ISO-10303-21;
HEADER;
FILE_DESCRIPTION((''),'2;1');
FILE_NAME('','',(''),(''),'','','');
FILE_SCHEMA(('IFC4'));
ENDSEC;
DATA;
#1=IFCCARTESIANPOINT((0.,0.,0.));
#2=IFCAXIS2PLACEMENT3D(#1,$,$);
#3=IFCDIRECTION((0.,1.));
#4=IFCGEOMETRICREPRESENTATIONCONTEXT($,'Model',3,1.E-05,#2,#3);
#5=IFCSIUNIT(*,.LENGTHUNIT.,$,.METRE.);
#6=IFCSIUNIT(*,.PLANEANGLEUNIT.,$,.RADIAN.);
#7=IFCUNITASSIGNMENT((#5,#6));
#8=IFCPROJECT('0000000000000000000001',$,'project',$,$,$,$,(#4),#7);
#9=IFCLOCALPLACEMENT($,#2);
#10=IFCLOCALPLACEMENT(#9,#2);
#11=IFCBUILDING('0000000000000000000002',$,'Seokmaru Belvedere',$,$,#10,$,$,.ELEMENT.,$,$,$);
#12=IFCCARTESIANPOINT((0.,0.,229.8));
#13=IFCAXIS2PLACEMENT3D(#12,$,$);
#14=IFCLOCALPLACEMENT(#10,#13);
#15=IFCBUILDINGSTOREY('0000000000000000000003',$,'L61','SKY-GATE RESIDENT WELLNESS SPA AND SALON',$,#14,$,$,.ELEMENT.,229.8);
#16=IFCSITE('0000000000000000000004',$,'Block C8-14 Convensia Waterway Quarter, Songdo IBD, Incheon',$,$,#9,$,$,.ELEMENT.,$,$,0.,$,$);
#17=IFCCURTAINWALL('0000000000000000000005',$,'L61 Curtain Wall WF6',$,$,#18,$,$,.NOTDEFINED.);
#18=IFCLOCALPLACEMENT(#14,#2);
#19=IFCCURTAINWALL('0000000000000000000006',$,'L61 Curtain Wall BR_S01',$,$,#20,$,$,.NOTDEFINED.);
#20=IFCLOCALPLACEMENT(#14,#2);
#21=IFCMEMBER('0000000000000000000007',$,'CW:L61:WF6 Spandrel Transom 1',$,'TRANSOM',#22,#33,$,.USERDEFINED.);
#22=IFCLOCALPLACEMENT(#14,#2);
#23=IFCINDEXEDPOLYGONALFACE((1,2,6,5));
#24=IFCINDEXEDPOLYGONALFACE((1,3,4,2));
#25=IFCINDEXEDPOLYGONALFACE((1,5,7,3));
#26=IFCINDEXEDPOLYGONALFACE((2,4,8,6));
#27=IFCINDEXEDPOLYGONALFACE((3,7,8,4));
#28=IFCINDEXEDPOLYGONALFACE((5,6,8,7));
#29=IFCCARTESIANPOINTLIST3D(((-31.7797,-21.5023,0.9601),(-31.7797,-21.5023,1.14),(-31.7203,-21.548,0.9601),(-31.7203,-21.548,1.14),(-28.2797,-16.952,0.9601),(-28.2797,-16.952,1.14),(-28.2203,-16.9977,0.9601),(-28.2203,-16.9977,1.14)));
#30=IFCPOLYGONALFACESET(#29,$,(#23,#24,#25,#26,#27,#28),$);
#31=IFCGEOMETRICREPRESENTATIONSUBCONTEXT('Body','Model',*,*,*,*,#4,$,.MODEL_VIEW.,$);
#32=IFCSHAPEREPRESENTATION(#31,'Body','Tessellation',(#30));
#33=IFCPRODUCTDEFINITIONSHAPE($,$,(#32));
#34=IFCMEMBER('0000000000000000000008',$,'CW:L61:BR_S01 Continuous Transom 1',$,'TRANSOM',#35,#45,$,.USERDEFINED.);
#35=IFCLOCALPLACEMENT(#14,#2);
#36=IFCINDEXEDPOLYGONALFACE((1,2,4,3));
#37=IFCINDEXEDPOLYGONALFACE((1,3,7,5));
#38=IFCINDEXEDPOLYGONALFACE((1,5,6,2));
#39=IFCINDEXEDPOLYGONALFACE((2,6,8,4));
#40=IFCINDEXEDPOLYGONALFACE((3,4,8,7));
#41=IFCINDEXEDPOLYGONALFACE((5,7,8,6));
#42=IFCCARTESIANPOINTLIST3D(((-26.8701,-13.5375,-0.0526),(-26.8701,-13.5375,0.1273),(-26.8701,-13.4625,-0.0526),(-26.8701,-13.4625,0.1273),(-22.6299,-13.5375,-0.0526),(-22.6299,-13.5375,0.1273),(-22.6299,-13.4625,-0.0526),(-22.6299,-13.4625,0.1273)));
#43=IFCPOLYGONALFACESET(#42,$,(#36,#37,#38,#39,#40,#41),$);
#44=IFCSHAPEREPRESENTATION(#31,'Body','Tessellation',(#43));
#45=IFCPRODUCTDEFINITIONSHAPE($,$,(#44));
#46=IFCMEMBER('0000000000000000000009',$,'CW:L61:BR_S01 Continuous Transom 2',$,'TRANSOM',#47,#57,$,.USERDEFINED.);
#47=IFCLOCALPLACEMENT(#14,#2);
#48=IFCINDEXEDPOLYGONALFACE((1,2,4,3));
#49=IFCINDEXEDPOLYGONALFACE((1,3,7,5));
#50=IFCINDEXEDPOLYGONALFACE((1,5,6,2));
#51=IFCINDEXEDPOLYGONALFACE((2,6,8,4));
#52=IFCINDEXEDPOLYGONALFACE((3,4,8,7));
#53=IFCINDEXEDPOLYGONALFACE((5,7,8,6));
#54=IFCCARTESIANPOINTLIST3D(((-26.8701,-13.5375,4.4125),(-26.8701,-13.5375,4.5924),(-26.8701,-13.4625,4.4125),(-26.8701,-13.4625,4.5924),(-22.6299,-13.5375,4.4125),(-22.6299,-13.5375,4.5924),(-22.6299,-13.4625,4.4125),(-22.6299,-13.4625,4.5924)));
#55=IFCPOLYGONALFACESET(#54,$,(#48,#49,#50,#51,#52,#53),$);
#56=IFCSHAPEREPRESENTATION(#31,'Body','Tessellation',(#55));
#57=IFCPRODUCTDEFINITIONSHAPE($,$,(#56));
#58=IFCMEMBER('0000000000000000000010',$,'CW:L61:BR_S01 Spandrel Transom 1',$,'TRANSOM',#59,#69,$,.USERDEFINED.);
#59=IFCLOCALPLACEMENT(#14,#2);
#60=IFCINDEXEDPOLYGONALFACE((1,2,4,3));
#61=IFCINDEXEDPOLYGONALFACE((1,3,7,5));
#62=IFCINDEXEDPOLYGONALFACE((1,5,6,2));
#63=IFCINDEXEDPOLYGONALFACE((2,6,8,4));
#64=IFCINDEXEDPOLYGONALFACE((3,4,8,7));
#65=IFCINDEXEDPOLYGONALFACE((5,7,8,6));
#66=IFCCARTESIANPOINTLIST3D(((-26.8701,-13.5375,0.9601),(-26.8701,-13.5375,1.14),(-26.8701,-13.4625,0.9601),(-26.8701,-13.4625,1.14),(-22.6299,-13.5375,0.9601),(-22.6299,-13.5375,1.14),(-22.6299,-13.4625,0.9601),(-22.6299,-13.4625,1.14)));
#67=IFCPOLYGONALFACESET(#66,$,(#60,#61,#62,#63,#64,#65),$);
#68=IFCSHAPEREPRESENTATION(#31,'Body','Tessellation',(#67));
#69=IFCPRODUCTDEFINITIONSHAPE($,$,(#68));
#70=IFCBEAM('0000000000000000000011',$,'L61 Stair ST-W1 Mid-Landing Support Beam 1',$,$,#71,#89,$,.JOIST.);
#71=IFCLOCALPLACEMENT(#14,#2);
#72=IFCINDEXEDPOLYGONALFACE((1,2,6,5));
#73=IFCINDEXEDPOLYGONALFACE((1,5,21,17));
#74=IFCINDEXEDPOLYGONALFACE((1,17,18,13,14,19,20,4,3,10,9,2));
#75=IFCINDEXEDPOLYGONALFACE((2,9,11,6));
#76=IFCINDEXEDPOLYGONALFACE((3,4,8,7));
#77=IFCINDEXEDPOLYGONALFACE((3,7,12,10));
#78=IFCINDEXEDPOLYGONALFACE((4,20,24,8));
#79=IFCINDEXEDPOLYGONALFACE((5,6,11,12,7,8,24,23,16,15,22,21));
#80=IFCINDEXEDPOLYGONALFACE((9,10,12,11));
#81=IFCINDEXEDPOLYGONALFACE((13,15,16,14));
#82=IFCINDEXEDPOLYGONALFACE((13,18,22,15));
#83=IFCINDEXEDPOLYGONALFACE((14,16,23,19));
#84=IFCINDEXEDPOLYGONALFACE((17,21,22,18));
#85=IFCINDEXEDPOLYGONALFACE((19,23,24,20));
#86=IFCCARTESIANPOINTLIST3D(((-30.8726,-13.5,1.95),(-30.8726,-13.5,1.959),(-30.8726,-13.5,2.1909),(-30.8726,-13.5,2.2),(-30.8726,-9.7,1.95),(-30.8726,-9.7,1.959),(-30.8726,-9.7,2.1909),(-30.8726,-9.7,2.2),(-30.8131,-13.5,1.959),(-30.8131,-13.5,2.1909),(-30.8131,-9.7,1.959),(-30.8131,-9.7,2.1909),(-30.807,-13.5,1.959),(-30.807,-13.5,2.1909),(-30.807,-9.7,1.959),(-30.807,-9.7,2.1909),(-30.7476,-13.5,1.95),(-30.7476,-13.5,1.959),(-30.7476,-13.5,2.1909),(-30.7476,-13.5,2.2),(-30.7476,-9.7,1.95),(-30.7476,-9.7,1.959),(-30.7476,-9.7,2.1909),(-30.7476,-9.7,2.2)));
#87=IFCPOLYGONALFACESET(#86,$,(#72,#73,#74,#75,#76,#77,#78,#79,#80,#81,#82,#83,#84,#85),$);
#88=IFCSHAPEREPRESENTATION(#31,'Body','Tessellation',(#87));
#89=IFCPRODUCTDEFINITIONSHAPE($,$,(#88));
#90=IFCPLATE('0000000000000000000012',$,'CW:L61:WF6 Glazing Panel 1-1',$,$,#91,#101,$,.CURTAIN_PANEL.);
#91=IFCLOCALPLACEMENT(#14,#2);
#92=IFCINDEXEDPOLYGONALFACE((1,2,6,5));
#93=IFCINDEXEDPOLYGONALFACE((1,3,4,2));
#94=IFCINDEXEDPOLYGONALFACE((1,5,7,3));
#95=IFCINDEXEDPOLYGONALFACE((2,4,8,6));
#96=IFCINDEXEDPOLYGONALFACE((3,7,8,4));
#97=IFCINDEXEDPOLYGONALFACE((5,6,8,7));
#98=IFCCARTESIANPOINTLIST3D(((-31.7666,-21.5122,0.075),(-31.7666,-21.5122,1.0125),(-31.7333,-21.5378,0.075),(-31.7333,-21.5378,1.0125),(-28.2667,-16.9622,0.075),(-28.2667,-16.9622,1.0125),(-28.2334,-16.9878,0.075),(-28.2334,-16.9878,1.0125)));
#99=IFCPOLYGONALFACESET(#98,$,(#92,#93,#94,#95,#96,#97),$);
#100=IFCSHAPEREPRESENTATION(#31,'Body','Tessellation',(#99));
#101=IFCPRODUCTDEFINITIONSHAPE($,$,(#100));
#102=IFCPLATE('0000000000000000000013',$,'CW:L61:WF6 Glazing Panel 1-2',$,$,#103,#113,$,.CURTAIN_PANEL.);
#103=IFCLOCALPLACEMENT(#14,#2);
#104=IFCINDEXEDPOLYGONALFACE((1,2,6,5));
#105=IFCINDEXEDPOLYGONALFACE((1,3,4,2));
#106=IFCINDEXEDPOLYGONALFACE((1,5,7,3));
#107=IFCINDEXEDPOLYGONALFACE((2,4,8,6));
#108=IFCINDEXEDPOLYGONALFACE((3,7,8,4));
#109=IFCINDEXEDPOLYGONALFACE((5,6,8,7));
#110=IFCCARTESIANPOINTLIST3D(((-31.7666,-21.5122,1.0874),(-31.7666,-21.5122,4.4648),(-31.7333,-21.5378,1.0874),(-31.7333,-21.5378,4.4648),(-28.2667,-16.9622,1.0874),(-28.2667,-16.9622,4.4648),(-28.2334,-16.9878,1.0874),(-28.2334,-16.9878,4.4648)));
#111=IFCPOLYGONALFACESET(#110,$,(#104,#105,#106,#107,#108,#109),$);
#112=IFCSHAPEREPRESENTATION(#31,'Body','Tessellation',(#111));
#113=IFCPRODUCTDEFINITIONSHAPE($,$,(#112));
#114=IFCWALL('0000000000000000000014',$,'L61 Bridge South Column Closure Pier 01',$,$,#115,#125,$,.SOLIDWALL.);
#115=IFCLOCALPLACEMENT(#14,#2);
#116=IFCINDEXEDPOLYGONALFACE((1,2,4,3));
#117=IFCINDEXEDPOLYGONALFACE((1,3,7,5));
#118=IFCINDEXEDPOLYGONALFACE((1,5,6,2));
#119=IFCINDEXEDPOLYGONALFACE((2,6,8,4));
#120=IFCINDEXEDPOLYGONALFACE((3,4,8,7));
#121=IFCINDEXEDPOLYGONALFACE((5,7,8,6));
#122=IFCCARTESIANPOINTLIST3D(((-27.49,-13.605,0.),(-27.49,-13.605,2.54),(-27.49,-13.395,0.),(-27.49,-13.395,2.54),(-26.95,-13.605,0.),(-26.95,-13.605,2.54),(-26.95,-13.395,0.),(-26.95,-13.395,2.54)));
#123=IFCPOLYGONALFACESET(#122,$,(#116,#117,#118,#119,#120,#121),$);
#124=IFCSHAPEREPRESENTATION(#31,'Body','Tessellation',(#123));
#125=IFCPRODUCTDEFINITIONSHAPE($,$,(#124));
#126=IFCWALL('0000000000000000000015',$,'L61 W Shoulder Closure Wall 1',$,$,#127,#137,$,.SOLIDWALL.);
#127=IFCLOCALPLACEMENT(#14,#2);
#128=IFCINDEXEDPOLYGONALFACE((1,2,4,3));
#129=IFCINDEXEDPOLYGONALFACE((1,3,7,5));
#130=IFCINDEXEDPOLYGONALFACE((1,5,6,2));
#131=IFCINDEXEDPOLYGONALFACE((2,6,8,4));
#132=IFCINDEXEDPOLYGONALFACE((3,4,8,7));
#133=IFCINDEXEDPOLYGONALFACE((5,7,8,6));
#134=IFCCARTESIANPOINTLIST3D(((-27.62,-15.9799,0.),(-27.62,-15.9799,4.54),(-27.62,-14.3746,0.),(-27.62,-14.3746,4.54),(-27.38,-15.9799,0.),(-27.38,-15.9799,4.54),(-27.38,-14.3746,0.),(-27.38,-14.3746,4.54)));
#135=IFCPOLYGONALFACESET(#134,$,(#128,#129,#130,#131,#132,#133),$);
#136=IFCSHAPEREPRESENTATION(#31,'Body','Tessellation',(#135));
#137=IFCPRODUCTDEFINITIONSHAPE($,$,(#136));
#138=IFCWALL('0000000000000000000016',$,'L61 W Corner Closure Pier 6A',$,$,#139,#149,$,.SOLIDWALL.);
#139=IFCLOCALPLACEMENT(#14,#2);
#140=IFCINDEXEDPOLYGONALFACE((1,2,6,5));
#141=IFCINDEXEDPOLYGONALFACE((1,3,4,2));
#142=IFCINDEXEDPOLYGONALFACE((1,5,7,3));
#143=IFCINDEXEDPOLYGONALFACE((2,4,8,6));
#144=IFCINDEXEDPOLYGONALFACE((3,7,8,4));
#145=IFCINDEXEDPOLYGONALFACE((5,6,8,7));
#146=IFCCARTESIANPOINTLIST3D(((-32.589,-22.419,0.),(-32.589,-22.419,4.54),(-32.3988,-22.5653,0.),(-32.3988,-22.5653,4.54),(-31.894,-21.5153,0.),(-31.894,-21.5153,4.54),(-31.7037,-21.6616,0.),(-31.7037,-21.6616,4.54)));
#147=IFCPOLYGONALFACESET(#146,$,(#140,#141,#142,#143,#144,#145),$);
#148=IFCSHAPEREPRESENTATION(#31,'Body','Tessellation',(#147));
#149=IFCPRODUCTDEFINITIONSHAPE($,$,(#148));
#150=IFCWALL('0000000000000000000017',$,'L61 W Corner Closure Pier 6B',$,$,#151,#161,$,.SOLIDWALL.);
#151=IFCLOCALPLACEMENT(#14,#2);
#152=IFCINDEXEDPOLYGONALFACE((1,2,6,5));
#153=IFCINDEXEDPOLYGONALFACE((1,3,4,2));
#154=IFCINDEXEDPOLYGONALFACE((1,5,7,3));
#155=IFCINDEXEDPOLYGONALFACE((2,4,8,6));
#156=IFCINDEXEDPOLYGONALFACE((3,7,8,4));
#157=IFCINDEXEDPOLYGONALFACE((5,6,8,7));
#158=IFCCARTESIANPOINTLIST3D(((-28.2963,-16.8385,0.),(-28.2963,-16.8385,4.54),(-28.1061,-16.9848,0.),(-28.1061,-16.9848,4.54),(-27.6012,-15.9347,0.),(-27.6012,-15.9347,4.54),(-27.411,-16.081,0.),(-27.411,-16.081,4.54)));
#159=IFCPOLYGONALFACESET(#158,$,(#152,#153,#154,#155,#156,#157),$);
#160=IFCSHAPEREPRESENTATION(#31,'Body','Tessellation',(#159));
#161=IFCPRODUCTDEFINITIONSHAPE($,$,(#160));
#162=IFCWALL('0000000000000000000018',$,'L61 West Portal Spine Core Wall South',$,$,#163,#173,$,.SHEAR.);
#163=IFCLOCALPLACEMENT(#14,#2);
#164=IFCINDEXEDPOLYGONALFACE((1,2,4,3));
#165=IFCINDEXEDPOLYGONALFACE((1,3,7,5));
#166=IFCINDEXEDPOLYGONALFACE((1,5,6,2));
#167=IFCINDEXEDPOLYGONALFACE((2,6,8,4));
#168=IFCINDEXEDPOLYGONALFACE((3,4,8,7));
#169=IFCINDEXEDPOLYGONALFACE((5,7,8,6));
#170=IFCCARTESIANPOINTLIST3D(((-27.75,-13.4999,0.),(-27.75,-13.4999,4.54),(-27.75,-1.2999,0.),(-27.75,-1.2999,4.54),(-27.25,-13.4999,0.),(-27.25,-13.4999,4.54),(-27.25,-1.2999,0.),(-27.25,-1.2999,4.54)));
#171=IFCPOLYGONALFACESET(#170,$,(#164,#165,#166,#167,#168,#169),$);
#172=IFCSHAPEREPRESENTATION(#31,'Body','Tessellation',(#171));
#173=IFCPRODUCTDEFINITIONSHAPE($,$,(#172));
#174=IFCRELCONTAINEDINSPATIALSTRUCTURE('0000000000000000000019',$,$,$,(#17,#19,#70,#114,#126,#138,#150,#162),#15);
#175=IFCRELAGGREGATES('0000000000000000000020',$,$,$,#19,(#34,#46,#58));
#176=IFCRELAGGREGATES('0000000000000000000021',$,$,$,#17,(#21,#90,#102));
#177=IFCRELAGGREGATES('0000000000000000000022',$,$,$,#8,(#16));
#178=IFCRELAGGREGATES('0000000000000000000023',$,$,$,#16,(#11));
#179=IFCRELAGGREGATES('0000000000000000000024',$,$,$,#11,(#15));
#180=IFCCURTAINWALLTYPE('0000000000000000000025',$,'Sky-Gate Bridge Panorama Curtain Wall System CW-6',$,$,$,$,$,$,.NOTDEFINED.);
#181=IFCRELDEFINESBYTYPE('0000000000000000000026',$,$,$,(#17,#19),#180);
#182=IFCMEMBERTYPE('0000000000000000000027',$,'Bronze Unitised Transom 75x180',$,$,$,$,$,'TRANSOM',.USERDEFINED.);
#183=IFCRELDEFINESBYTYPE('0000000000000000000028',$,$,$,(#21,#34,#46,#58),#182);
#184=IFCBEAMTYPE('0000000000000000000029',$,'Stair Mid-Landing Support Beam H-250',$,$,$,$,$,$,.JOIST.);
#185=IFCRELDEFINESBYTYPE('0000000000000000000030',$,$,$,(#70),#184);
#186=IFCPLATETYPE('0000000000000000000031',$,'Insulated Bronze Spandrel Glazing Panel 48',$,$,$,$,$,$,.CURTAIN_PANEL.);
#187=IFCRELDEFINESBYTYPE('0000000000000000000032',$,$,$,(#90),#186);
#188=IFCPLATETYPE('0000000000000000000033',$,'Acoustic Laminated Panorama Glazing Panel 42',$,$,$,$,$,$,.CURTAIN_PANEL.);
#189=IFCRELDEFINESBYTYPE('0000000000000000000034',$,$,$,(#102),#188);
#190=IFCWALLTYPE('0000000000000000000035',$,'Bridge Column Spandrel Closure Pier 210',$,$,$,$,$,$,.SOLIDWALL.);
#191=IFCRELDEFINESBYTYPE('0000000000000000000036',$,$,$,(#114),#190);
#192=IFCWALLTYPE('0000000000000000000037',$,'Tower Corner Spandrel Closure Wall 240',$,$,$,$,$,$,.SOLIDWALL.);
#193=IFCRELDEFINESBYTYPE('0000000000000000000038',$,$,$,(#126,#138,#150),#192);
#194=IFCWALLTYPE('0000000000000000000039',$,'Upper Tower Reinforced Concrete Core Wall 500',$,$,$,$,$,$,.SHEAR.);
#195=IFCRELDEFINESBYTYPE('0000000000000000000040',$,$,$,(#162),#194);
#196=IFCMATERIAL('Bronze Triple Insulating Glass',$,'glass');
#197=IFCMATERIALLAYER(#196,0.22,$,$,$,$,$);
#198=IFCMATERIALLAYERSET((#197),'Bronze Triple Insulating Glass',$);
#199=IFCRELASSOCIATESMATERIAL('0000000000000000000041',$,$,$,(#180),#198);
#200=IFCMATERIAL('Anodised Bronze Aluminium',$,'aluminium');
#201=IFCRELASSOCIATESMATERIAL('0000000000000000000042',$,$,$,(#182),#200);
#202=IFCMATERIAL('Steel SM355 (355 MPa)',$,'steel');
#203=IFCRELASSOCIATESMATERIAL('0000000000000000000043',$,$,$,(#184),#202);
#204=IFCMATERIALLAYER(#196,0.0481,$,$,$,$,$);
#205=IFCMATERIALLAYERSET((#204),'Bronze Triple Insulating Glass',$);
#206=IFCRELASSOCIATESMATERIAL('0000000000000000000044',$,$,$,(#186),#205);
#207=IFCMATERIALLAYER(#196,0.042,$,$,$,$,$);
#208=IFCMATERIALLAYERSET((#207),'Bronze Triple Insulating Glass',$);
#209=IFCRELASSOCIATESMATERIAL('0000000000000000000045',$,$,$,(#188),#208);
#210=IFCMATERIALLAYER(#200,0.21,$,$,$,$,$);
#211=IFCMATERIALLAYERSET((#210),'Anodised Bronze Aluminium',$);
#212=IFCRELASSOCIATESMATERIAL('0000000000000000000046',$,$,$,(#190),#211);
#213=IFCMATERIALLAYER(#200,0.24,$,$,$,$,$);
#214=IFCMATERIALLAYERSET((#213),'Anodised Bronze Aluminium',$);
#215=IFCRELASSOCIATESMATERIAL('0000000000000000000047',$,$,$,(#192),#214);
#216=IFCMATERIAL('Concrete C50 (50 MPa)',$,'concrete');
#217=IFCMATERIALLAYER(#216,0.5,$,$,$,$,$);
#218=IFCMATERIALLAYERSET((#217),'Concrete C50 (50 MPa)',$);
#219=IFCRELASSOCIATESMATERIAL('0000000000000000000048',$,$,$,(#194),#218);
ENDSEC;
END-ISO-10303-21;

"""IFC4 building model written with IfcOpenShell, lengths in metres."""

from ifc_helpers import new_model, si_unit, direction, frame, frame_2d, origin, origin_2d, place, context, subcontext, project, spatial, rectangle, i_section, extrude, source, transform, mapped, material, layer, layer_set, material_profile, profile_set, type_object, type_shapes, element, aggregate, save


model = new_model("IFC4")

# Units and contexts
model_context = context("Model", 3, precision=1e-05, world=origin(), true_north=direction((0.0, 1.0)))
body_context = subcontext(model_context, "Body", "Model", "MODEL_VIEW")
ifc_project = project(units=[si_unit("LENGTHUNIT", "METRE"), si_unit("PLANEANGLEUNIT", "RADIAN")], contexts=[model_context])

# Site, building, storey
site_placement = place(None, origin())
site = spatial("IfcSite", under=ifc_project, at=site_placement, Name="Block C8-14 Convensia Waterway Quarter, Songdo IBD, Incheon", CompositionType="ELEMENT", RefElevation=0.0)
building_placement = place(site_placement, origin())
building = spatial("IfcBuilding", under=site, at=building_placement, Name="Seokmaru Belvedere", CompositionType="ELEMENT")
storey_placement = place(building_placement, frame((0.0, 0.0, 229.8)))
storey = spatial("IfcBuildingStorey", under=building, at=storey_placement, Name="L61", Description="SKY-GATE RESIDENT WELLNESS SPA AND SALON", CompositionType="ELEMENT", Elevation=229.8)

# Shared definitions
ifc_material_1 = material(Name="Steel SM355 (355 MPa)", Category="steel")

# Curtain wall
ifc_material_2 = material(Name="Bronze Triple Insulating Glass", Category="glass")
ifc_layer_1 = layer(ifc_material_2, 0.22)
ifc_layer_set_1 = layer_set([ifc_layer_1], Name="Bronze Triple Insulating Glass")
curtain_wall_type = type_object("IfcCurtainWallType", Name="Sky-Gate Bridge Panorama Curtain Wall System CW-6", PredefinedType="NOTDEFINED", material=ifc_layer_set_1)
curtain_wall_1_placement = place(storey_placement, origin())
curtain_wall_1 = element("IfcCurtainWall", 1, at=curtain_wall_1_placement, inside=storey, type_object=curtain_wall_type, Name="L61 Curtain Wall WF6", PredefinedType="NOTDEFINED")
ifc_material_3 = material(Name="Anodised Bronze Aluminium", Category="aluminium")

# Curtain wall
curtain_wall_2_placement = place(storey_placement, origin())
curtain_wall_2 = element("IfcCurtainWall", 2, at=curtain_wall_2_placement, inside=storey, type_object=curtain_wall_type, Name="L61 Curtain Wall BR_S01", PredefinedType="NOTDEFINED")

# Members
ifc_material_profile_1 = material_profile(ifc_material_3, rectangle(XDim=0.075, YDim=0.1799, at=origin_2d()), Name="CW-T-75x180")
ifc_profile_set_1 = profile_set([ifc_material_profile_1], Name="Anodised Bronze Aluminium")
member_type_1 = type_object("IfcMemberType", Name="Bronze Unitised Transom 75x180", ElementType="TRANSOM", PredefinedType="USERDEFINED", material=ifc_profile_set_1)
shared_shape_1 = source(origin(), body_context, "Body", "SweptSolid", [
    extrude(rectangle(XDim=0.075, YDim=0.1799, at=origin_2d()), origin(), (0.0, 0.0, 1.0), 5.7407),
])
member_1_placement = place(storey_placement, frame((-31.75, -21.5251, 1.05), z_axis=(0.609686, 0.792643, 0.0), x_axis=(-0.792643, 0.609686, 0.0)))
member_1 = element("IfcMember", 3, at=member_1_placement, type_object=member_type_1, Name="CW:L61:WF6 Spandrel Transom 1", ObjectType="TRANSOM", PredefinedType="USERDEFINED", context=body_context, shape_type="MappedRepresentation", body=[
    mapped(shared_shape_1, transform((0.0, 0.0, 0.0), scale=1.0)),
])
shared_shape_2 = source(origin(), body_context, "Body", "SweptSolid", [
    extrude(rectangle(XDim=0.075, YDim=0.1799, at=origin_2d()), origin(), (0.0, 0.0, 1.0), 4.2402),
])
type_shapes(member_type_1, [shared_shape_1, shared_shape_2])
member_2_placement = place(storey_placement, frame((-26.8701, -13.5, 0.0374), z_axis=(1.0, 0.0, 0.0), x_axis=(0.0, 1.0, 0.0)))
member_2 = element("IfcMember", 4, at=member_2_placement, type_object=member_type_1, Name="CW:L61:BR_S01 Continuous Transom 1", ObjectType="TRANSOM", PredefinedType="USERDEFINED", context=body_context, shape_type="MappedRepresentation", body=[
    mapped(shared_shape_2, transform((0.0, 0.0, 0.0), scale=1.0)),
])
member_3_placement = place(storey_placement, frame((-26.8701, -13.5, 4.5024), z_axis=(1.0, 0.0, 0.0), x_axis=(0.0, 1.0, 0.0)))
member_3 = element("IfcMember", 5, at=member_3_placement, type_object=member_type_1, Name="CW:L61:BR_S01 Continuous Transom 2", ObjectType="TRANSOM", PredefinedType="USERDEFINED", context=body_context, shape_type="MappedRepresentation", body=[
    mapped(shared_shape_2, transform((0.0, 0.0, 0.0), scale=1.0)),
])
member_4_placement = place(storey_placement, frame((-26.8701, -13.5, 1.05), z_axis=(1.0, 0.0, 0.0), x_axis=(0.0, 1.0, 0.0)))
member_4 = element("IfcMember", 6, at=member_4_placement, type_object=member_type_1, Name="CW:L61:BR_S01 Spandrel Transom 1", ObjectType="TRANSOM", PredefinedType="USERDEFINED", context=body_context, shape_type="MappedRepresentation", body=[
    mapped(shared_shape_2, transform((0.0, 0.0, 0.0), scale=1.0)),
])
aggregate(curtain_wall_2, [member_2, member_3, member_4])

# Beam
ifc_material_profile_2 = material_profile(ifc_material_1, i_section(OverallWidth=0.125, OverallDepth=0.25, WebThickness=0.0061, FlangeThickness=0.009, at=origin_2d()), Name="H-250x125x6x9")
ifc_profile_set_2 = profile_set([ifc_material_profile_2], Name="Steel SM355 (355 MPa)")
beam_type_1 = type_object("IfcBeamType", Name="Stair Mid-Landing Support Beam H-250", PredefinedType="JOIST", material=ifc_profile_set_2)
shared_shape_3 = source(origin(), body_context, "Body", "SweptSolid", [
    extrude(i_section(OverallWidth=0.125, OverallDepth=0.25, WebThickness=0.0061, FlangeThickness=0.009, at=origin_2d()), origin(), (0.0, 0.0, 1.0), 3.8),
])
type_shapes(beam_type_1, [shared_shape_3])
beam_1_placement = place(storey_placement, frame((-30.8101, -13.5, 2.075), z_axis=(0.0, 1.0, 0.0), x_axis=(-1.0, 0.0, 0.0)))
element("IfcBeam", 7, at=beam_1_placement, inside=storey, type_object=beam_type_1, Name="L61 Stair ST-W1 Mid-Landing Support Beam 1", PredefinedType="JOIST", context=body_context, shape_type="MappedRepresentation", body=[
    mapped(shared_shape_3, transform((0.0, 0.0, 0.0), scale=1.0)),
])

# Plates
ifc_layer_2 = layer(ifc_material_2, 0.0481)
ifc_layer_set_2 = layer_set([ifc_layer_2], Name="Bronze Triple Insulating Glass")
plate_type_1 = type_object("IfcPlateType", Name="Insulated Bronze Spandrel Glazing Panel 48", PredefinedType="CURTAIN_PANEL", material=ifc_layer_set_2)
shared_shape_4 = source(origin(), body_context, "Body", "SweptSolid", [
    extrude(rectangle(XDim=5.7405, YDim=0.042, at=origin_2d()), origin(), (0.0, 0.0, 1.0), 0.9375),
])
type_shapes(plate_type_1, [shared_shape_4])
plate_1_placement = place(storey_placement, frame((-30.0, -19.25, 0.075), z_axis=(0.0, 0.0, 1.0), x_axis=(0.609701, 0.792631, 0.0)))
plate_1 = element("IfcPlate", 8, at=plate_1_placement, type_object=plate_type_1, Name="CW:L61:WF6 Glazing Panel 1-1", PredefinedType="CURTAIN_PANEL", context=body_context, shape_type="MappedRepresentation", body=[
    mapped(shared_shape_4, transform((0.0, 0.0, 0.0), scale=1.0)),
])
ifc_layer_3 = layer(ifc_material_2, 0.042)
ifc_layer_set_3 = layer_set([ifc_layer_3], Name="Bronze Triple Insulating Glass")
plate_type_2 = type_object("IfcPlateType", Name="Acoustic Laminated Panorama Glazing Panel 42", PredefinedType="CURTAIN_PANEL", material=ifc_layer_set_3)
shared_shape_5 = source(origin(), body_context, "Body", "SweptSolid", [
    extrude(rectangle(XDim=5.7405, YDim=0.042, at=origin_2d()), origin(), (0.0, 0.0, 1.0), 3.3774),
])
type_shapes(plate_type_2, [shared_shape_5])
plate_2_placement = place(storey_placement, frame((-30.0, -19.25, 1.0874), z_axis=(0.0, 0.0, 1.0), x_axis=(0.609701, 0.792631, 0.0)))
plate_2 = element("IfcPlate", 9, at=plate_2_placement, type_object=plate_type_2, Name="CW:L61:WF6 Glazing Panel 1-2", PredefinedType="CURTAIN_PANEL", context=body_context, shape_type="MappedRepresentation", body=[
    mapped(shared_shape_5, transform((0.0, 0.0, 0.0), scale=1.0)),
])
aggregate(curtain_wall_1, [member_1, plate_1, plate_2])

# Walls
ifc_layer_4 = layer(ifc_material_3, 0.21)
ifc_layer_set_4 = layer_set([ifc_layer_4], Name="Anodised Bronze Aluminium")
wall_type_1 = type_object("IfcWallType", Name="Bridge Column Spandrel Closure Pier 210", PredefinedType="SOLIDWALL", material=ifc_layer_set_4)
wall_1_placement = place(storey_placement, frame((-27.49, -13.5, 0.0), z_axis=(0.0, 0.0, 1.0), x_axis=(1.0, 0.0, 0.0)))
element("IfcWall", 10, at=wall_1_placement, inside=storey, type_object=wall_type_1, Name="L61 Bridge South Column Closure Pier 01", PredefinedType="SOLIDWALL", context=body_context, shape_type="SweptSolid", body=[
    extrude(rectangle(XDim=0.54, YDim=0.21, at=frame_2d((0.27, 0.0))), origin(), (0.0, 0.0, 1.0), 2.54),
])
ifc_layer_5 = layer(ifc_material_3, 0.24)
ifc_layer_set_5 = layer_set([ifc_layer_5], Name="Anodised Bronze Aluminium")
wall_type_2 = type_object("IfcWallType", Name="Tower Corner Spandrel Closure Wall 240", PredefinedType="SOLIDWALL", material=ifc_layer_set_5)
wall_2_placement = place(storey_placement, frame((-27.5, -15.98, 0.0), z_axis=(0.0, 0.0, 1.0), x_axis=(0.0, 1.0, 0.0)))
element("IfcWall", 11, at=wall_2_placement, inside=storey, type_object=wall_type_2, Name="L61 W Shoulder Closure Wall 1", PredefinedType="SOLIDWALL", context=body_context, shape_type="SweptSolid", body=[
    extrude(rectangle(XDim=1.6052, YDim=0.24, at=frame_2d((0.8027, 0.0))), origin(), (0.0, 0.0, 1.0), 4.54),
])
for number, where, z_axis, x_axis, name in (
    (12, (-32.4939, -22.4922, 0.0), (0.0, 0.0, 1.0), (0.609618, 0.792696, 0.0), "L61 W Corner Closure Pier 6A"),
    (13, (-28.2012, -16.9116, 0.0), (0.0, 0.0, 1.0), (0.609618, 0.792696, 0.0), "L61 W Corner Closure Pier 6B"),
):
    element("IfcWall", number, at=place(storey_placement, frame(where, z_axis=z_axis, x_axis=x_axis)), inside=storey, type_object=wall_type_2, Name=name, PredefinedType="SOLIDWALL", context=body_context, shape_type="SweptSolid", body=[
        extrude(rectangle(XDim=1.1401, YDim=0.24, at=frame_2d((0.5701, 0.0))), origin(), (0.0, 0.0, 1.0), 4.54),
    ])
ifc_material_4 = material(Name="Concrete C50 (50 MPa)", Category="concrete")
ifc_layer_6 = layer(ifc_material_4, 0.5)
ifc_layer_set_6 = layer_set([ifc_layer_6], Name="Concrete C50 (50 MPa)")
wall_type_3 = type_object("IfcWallType", Name="Upper Tower Reinforced Concrete Core Wall 500", PredefinedType="SHEAR", material=ifc_layer_set_6)
wall_3_placement = place(storey_placement, frame((-27.5, -13.5, 0.0), z_axis=(0.0, 0.0, 1.0), x_axis=(0.0, 1.0, 0.0)))
element("IfcWall", 14, at=wall_3_placement, inside=storey, type_object=wall_type_3, Name="L61 West Portal Spine Core Wall South", PredefinedType="SHEAR", context=body_context, shape_type="SweptSolid", body=[
    extrude(rectangle(XDim=12.2, YDim=0.5, at=frame_2d((6.1001, 0.0))), origin(), (0.0, 0.0, 1.0), 4.54),
])

save(model, "model.ifc")
